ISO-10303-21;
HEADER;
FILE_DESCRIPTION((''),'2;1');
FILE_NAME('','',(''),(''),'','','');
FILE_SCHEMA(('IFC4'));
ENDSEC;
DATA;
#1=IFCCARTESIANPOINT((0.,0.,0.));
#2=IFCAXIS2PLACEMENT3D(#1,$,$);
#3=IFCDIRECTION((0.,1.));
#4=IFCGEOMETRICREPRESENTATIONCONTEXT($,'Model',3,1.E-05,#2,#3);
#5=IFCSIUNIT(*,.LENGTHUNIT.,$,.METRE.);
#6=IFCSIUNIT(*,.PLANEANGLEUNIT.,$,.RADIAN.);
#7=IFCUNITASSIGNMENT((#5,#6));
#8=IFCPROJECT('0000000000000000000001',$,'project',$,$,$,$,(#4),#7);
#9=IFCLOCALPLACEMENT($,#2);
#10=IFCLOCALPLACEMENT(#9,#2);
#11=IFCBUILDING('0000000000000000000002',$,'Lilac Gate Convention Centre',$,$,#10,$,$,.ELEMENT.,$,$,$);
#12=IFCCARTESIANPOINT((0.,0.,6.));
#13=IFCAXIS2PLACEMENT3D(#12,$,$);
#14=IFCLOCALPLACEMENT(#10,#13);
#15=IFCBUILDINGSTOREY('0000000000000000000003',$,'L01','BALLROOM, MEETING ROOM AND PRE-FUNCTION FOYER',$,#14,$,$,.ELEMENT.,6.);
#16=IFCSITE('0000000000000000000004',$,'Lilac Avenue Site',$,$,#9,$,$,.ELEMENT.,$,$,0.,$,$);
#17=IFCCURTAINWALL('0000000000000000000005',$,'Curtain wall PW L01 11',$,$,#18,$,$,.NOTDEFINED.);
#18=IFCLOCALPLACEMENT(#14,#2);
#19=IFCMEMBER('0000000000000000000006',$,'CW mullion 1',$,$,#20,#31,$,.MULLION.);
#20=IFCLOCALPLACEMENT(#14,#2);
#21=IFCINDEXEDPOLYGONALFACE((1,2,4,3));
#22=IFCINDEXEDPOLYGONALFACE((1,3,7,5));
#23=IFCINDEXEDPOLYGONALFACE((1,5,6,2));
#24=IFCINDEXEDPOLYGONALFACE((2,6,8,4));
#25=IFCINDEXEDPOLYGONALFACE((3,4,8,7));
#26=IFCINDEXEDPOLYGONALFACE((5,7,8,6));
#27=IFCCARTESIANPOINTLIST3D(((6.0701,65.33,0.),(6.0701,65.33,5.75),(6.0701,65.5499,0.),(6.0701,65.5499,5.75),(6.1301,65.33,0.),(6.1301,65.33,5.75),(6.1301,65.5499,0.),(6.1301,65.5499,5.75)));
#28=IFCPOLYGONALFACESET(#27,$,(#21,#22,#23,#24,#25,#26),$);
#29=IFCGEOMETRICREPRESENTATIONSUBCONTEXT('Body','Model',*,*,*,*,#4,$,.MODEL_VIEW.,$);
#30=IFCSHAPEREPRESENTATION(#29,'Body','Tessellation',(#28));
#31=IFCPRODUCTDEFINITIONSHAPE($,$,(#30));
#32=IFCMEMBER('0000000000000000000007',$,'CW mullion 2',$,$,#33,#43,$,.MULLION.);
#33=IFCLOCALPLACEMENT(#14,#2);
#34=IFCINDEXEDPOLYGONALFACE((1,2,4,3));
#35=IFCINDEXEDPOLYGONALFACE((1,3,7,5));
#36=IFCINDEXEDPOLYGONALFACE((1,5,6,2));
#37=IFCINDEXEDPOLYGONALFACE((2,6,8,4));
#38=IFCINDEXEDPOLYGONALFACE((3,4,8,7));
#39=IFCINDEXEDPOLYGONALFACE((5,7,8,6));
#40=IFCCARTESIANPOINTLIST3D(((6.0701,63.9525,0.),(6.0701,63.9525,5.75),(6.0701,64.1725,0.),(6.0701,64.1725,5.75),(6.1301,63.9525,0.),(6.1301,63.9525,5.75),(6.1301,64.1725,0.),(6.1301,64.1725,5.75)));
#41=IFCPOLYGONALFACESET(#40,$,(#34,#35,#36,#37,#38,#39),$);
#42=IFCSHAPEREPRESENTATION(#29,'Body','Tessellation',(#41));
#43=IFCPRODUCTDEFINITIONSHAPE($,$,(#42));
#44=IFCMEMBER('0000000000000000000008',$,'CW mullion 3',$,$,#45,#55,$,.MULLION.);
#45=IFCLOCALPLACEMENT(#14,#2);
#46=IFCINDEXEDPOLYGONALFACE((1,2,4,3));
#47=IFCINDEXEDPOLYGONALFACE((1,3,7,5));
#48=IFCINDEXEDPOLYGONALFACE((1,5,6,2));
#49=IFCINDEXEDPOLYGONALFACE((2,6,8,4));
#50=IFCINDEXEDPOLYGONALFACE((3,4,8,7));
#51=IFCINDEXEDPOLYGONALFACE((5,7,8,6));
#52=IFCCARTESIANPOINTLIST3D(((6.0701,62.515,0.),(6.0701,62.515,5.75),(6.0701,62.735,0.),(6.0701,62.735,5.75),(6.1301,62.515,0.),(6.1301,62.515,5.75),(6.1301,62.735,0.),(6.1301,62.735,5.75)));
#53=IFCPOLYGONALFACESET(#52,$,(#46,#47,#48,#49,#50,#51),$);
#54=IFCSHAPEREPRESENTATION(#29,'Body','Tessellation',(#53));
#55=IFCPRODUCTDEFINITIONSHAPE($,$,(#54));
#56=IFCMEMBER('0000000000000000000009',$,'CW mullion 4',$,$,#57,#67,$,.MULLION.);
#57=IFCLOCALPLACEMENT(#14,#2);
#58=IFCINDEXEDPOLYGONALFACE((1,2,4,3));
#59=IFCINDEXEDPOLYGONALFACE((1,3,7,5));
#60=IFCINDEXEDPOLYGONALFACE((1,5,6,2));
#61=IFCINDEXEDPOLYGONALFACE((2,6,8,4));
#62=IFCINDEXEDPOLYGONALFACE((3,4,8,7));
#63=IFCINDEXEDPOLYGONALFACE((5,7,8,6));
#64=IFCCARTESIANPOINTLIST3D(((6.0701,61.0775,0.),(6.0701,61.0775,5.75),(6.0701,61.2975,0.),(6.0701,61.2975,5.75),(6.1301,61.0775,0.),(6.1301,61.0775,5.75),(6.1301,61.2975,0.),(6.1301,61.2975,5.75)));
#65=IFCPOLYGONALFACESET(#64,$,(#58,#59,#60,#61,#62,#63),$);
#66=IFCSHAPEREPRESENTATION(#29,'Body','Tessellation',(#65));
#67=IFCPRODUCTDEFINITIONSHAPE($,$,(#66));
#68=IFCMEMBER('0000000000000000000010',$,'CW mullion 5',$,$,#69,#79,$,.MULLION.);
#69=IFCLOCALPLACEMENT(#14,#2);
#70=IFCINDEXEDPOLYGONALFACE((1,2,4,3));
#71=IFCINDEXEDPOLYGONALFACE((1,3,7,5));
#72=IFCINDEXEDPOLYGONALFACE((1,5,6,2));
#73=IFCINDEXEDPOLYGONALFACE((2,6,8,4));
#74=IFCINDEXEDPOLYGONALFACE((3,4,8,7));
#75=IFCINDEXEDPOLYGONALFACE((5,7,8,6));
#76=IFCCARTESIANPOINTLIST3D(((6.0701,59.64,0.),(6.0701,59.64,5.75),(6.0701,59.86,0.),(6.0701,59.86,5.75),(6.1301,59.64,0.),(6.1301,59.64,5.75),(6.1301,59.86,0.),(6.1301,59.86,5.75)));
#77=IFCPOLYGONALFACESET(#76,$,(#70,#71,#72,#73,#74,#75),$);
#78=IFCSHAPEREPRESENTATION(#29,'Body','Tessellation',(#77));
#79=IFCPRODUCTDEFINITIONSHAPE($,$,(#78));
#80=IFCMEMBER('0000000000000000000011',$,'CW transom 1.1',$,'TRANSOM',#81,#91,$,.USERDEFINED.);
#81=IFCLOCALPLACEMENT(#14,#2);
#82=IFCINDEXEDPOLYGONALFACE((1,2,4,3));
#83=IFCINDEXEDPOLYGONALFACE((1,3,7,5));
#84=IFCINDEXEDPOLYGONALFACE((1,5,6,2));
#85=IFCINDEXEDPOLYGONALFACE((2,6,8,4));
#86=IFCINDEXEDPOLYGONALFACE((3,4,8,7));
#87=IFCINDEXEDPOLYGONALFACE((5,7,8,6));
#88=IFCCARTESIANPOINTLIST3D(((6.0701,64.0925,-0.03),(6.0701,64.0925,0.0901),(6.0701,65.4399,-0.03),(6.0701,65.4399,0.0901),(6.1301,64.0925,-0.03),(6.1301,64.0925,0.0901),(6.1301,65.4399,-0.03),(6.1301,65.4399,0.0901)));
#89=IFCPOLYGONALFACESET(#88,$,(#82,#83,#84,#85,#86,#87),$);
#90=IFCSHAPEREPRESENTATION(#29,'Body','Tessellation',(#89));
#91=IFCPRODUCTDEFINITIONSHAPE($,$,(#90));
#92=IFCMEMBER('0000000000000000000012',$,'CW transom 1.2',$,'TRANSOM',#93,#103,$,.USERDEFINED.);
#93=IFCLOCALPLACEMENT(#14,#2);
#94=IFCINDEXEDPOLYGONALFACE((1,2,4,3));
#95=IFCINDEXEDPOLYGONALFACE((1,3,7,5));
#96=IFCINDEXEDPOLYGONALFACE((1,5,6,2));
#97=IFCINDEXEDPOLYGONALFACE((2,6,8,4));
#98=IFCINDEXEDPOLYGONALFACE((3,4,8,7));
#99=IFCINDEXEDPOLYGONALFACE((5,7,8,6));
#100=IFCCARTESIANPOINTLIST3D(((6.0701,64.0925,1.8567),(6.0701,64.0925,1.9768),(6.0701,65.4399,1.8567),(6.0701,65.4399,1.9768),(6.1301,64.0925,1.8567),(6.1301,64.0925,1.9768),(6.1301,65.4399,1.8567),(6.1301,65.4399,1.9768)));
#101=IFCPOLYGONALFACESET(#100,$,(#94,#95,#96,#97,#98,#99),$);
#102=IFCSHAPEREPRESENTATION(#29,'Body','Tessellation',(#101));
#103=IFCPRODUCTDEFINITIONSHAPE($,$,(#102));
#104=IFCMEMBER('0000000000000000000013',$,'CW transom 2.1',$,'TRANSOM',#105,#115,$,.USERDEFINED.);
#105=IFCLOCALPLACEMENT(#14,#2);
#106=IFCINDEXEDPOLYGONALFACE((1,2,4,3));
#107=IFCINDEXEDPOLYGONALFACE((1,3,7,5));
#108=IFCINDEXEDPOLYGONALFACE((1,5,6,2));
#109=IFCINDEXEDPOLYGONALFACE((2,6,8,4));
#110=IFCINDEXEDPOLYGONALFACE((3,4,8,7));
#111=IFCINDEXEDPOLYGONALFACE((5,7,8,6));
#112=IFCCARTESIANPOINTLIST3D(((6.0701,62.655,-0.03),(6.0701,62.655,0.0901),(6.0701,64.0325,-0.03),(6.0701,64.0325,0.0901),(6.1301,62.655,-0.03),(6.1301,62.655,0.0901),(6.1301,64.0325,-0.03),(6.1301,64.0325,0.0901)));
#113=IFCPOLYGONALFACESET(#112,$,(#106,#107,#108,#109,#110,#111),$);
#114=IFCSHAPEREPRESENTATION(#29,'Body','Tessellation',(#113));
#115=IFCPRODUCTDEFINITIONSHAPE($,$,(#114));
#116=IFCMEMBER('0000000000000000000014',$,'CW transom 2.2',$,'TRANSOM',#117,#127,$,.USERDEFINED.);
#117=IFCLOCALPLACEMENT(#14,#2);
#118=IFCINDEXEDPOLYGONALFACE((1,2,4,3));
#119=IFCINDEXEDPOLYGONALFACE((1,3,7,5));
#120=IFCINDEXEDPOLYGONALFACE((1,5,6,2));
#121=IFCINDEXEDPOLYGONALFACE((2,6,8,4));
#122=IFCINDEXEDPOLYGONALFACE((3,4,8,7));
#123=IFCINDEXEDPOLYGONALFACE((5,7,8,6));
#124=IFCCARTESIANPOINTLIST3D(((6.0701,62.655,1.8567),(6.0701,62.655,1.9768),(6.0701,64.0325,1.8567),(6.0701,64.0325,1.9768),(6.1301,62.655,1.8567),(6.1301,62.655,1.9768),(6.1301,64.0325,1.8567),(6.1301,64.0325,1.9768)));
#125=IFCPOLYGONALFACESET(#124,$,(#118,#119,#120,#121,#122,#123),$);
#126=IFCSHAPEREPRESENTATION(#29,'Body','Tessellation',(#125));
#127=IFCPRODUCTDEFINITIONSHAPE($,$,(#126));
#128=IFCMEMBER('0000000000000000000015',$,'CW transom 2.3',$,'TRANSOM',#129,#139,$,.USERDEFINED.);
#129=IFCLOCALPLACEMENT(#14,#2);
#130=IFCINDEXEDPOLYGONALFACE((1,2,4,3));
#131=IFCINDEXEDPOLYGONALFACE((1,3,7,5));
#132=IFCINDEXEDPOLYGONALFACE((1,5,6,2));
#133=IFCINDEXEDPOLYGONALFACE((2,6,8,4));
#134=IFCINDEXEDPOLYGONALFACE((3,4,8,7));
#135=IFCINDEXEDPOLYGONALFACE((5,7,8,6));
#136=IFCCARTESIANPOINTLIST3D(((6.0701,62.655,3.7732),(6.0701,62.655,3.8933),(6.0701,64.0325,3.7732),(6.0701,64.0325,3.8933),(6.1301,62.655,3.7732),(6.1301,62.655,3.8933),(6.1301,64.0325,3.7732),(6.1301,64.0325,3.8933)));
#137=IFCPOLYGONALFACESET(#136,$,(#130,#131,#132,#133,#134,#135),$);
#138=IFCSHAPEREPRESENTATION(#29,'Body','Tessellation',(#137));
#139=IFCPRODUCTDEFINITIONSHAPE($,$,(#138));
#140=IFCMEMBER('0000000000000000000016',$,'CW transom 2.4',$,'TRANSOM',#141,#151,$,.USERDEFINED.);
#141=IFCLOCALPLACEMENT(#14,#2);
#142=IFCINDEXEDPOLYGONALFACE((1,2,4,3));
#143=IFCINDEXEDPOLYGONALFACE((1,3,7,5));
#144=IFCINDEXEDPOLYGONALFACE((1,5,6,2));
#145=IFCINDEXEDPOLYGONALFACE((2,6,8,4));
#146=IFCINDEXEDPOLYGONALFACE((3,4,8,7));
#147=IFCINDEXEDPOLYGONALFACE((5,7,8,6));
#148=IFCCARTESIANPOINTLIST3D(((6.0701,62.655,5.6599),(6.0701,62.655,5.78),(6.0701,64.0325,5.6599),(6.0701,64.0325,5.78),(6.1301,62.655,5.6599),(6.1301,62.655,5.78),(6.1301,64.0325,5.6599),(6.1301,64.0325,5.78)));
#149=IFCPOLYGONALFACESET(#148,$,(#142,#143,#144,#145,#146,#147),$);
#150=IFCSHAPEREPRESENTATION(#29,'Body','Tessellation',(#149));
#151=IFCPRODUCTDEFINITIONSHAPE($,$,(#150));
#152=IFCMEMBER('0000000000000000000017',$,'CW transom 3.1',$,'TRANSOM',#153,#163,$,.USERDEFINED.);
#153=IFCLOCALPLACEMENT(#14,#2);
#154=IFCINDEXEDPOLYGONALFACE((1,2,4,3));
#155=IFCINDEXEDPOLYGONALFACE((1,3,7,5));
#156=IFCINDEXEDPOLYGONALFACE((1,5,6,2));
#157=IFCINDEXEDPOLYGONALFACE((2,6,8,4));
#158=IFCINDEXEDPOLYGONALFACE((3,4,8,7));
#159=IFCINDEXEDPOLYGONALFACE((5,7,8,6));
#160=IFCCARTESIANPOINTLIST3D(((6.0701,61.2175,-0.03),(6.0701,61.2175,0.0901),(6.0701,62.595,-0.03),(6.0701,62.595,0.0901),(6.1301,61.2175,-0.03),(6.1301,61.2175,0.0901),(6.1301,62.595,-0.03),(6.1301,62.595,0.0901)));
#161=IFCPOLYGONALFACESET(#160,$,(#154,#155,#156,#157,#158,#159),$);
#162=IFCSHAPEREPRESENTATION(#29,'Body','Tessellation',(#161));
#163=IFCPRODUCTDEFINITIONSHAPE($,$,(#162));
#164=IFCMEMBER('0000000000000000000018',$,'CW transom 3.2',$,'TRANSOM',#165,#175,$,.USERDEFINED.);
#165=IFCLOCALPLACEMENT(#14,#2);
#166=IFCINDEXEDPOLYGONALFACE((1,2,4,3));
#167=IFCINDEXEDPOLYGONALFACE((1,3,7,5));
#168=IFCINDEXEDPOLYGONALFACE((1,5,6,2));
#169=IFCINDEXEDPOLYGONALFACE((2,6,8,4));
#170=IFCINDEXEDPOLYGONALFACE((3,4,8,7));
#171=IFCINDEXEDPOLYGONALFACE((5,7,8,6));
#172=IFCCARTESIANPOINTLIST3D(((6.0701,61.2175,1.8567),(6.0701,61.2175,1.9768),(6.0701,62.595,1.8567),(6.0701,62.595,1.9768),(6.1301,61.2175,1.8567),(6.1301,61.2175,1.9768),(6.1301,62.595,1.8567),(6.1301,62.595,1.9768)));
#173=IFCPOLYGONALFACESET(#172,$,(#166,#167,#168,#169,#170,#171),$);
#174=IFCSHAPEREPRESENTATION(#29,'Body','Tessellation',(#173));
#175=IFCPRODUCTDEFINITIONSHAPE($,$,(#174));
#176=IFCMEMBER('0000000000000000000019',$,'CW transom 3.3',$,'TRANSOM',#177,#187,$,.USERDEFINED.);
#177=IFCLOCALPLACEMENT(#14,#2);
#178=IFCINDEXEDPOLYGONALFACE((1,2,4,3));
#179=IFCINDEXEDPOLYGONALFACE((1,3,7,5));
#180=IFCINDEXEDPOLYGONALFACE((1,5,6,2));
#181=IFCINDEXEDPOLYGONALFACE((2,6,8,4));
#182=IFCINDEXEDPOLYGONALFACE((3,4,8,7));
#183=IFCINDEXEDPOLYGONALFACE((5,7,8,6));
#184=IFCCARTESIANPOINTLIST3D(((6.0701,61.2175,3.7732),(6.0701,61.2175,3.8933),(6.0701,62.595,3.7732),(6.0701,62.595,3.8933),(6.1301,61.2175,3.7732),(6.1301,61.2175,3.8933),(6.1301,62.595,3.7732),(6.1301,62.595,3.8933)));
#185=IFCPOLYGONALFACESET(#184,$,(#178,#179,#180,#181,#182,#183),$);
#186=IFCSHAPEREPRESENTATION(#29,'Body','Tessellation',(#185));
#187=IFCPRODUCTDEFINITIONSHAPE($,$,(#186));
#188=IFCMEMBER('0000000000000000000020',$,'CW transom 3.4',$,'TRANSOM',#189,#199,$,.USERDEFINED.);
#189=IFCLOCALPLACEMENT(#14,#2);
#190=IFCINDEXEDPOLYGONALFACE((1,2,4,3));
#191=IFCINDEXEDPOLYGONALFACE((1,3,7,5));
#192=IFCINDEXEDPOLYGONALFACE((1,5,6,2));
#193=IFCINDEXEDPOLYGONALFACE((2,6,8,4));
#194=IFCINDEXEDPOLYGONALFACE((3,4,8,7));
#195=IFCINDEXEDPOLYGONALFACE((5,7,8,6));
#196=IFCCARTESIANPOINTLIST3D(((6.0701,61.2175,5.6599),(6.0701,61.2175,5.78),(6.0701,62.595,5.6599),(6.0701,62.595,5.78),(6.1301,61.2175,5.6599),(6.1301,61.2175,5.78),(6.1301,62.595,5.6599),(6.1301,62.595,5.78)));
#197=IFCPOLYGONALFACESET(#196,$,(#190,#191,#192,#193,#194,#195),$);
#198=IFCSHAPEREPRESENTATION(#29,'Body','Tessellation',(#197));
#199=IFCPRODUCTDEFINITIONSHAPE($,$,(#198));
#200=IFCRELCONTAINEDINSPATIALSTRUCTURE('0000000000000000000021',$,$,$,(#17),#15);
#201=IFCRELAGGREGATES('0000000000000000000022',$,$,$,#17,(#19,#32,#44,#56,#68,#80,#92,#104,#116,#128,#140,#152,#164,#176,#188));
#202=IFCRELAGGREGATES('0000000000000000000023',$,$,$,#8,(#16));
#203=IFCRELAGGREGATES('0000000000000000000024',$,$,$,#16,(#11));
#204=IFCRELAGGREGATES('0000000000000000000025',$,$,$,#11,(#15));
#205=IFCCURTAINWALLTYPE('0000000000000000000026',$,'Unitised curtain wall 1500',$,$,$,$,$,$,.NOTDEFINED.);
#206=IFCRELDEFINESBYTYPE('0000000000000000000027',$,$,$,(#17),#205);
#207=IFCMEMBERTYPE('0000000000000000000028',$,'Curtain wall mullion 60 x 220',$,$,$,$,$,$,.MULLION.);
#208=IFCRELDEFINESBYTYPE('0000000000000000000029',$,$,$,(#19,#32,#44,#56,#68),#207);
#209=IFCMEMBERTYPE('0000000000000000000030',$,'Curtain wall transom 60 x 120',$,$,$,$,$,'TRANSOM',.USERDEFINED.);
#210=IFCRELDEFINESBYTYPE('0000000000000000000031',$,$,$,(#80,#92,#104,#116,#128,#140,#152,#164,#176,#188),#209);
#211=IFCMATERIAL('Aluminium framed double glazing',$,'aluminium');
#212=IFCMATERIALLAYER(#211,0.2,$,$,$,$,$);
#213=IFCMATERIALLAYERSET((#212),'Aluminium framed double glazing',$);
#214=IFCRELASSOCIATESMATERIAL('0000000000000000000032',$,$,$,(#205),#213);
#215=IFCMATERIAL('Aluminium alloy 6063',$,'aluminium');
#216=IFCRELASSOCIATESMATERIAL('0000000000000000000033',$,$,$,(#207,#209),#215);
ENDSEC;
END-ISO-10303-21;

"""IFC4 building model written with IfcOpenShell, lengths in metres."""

from ifc_helpers import new_model, si_unit, direction, frame, origin, origin_2d, place, context, subcontext, project, spatial, rectangle, extrude, material, layer, layer_set, material_profile, profile_set, type_object, element, aggregate, save


model = new_model("IFC4")

# Units and contexts
model_context = context("Model", 3, precision=1e-05, world=origin(), true_north=direction((0.0, 1.0)))
body_context = subcontext(model_context, "Body", "Model", "MODEL_VIEW")
ifc_project = project(units=[si_unit("LENGTHUNIT", "METRE"), si_unit("PLANEANGLEUNIT", "RADIAN")], contexts=[model_context])

# Site, building, storey
site_placement = place(None, origin())
site = spatial("IfcSite", under=ifc_project, at=site_placement, Name="Lilac Avenue Site", CompositionType="ELEMENT", RefElevation=0.0)
building_placement = place(site_placement, origin())
building = spatial("IfcBuilding", under=site, at=building_placement, Name="Lilac Gate Convention Centre", CompositionType="ELEMENT")
storey_placement = place(building_placement, frame((0.0, 0.0, 6.0)))
storey = spatial("IfcBuildingStorey", under=building, at=storey_placement, Name="L01", Description="BALLROOM, MEETING ROOM AND PRE-FUNCTION FOYER", CompositionType="ELEMENT", Elevation=6.0)

# Curtain wall, members
ifc_material_1 = material(Name="Aluminium framed double glazing", Category="aluminium")
ifc_layer_1 = layer(ifc_material_1, 0.2)
ifc_layer_set_1 = layer_set([ifc_layer_1], Name="Aluminium framed double glazing")
curtain_wall_type = type_object("IfcCurtainWallType", Name="Unitised curtain wall 1500", PredefinedType="NOTDEFINED", material=ifc_layer_set_1)
curtain_wall_placement = place(storey_placement, origin())
curtain_wall = element("IfcCurtainWall", 1, at=curtain_wall_placement, inside=storey, type_object=curtain_wall_type, Name="Curtain wall PW L01 11", PredefinedType="NOTDEFINED")
ifc_material_2 = material(Name="Aluminium alloy 6063", Category="aluminium")
ifc_material_profile_1 = material_profile(ifc_material_2, rectangle(XDim=0.0601, YDim=0.22, at=origin_2d()), Name="Curtain wall mullion 60 x 220")
ifc_profile_set_1 = profile_set([ifc_material_profile_1], Name="Aluminium alloy 6063")
member_type_1 = type_object("IfcMemberType", Name="Curtain wall mullion 60 x 220", PredefinedType="MULLION", material=ifc_profile_set_1)
member_1_placement = place(storey_placement, frame((6.1001, 65.4399, 0.0), z_axis=(0.0, 0.0, 1.0), x_axis=(1.0, 0.0, 0.0)))
member_1 = element("IfcMember", 2, at=member_1_placement, type_object=member_type_1, Name="CW mullion 1", PredefinedType="MULLION", context=body_context, shape_type="SweptSolid", body=[
    extrude(rectangle(XDim=0.0601, YDim=0.22, at=origin_2d()), origin(), (0.0, 0.0, 1.0), 5.75),
])
member_2_placement = place(storey_placement, frame((6.1001, 64.0625, 0.0), z_axis=(0.0, 0.0, 1.0), x_axis=(1.0, 0.0, 0.0)))
member_2 = element("IfcMember", 3, at=member_2_placement, type_object=member_type_1, Name="CW mullion 2", PredefinedType="MULLION", context=body_context, shape_type="SweptSolid", body=[
    extrude(rectangle(XDim=0.0601, YDim=0.22, at=origin_2d()), origin(), (0.0, 0.0, 1.0), 5.75),
])
member_3_placement = place(storey_placement, frame((6.1001, 62.625, 0.0), z_axis=(0.0, 0.0, 1.0), x_axis=(1.0, 0.0, 0.0)))
member_3 = element("IfcMember", 4, at=member_3_placement, type_object=member_type_1, Name="CW mullion 3", PredefinedType="MULLION", context=body_context, shape_type="SweptSolid", body=[
    extrude(rectangle(XDim=0.0601, YDim=0.22, at=origin_2d()), origin(), (0.0, 0.0, 1.0), 5.75),
])
member_4_placement = place(storey_placement, frame((6.1001, 61.1875, 0.0), z_axis=(0.0, 0.0, 1.0), x_axis=(1.0, 0.0, 0.0)))
member_4 = element("IfcMember", 5, at=member_4_placement, type_object=member_type_1, Name="CW mullion 4", PredefinedType="MULLION", context=body_context, shape_type="SweptSolid", body=[
    extrude(rectangle(XDim=0.0601, YDim=0.22, at=origin_2d()), origin(), (0.0, 0.0, 1.0), 5.75),
])
member_5_placement = place(storey_placement, frame((6.1001, 59.75, 0.0), z_axis=(0.0, 0.0, 1.0), x_axis=(1.0, 0.0, 0.0)))
member_5 = element("IfcMember", 6, at=member_5_placement, type_object=member_type_1, Name="CW mullion 5", PredefinedType="MULLION", context=body_context, shape_type="SweptSolid", body=[
    extrude(rectangle(XDim=0.0601, YDim=0.22, at=origin_2d()), origin(), (0.0, 0.0, 1.0), 5.75),
])
ifc_material_profile_2 = material_profile(ifc_material_2, rectangle(XDim=0.0601, YDim=0.1201, at=origin_2d()), Name="Curtain wall transom 60 x 120")
ifc_profile_set_2 = profile_set([ifc_material_profile_2], Name="Aluminium alloy 6063")
member_type_2 = type_object("IfcMemberType", Name="Curtain wall transom 60 x 120", ElementType="TRANSOM", PredefinedType="USERDEFINED", material=ifc_profile_set_2)
member_6_placement = place(storey_placement, frame((6.1001, 65.4399, 0.03), z_axis=(0.0, -1.0, 0.0), x_axis=(1.0, 0.0, 0.0)))
member_6 = element("IfcMember", 7, at=member_6_placement, type_object=member_type_2, Name="CW transom 1.1", ObjectType="TRANSOM", PredefinedType="USERDEFINED", context=body_context, shape_type="SweptSolid", body=[
    extrude(rectangle(XDim=0.0601, YDim=0.1201, at=origin_2d()), origin(), (0.0, 0.0, 1.0), 1.3474),
])
member_7_placement = place(storey_placement, frame((6.1001, 65.4399, 1.9167), z_axis=(0.0, -1.0, 0.0), x_axis=(1.0, 0.0, 0.0)))
member_7 = element("IfcMember", 8, at=member_7_placement, type_object=member_type_2, Name="CW transom 1.2", ObjectType="TRANSOM", PredefinedType="USERDEFINED", context=body_context, shape_type="SweptSolid", body=[
    extrude(rectangle(XDim=0.0601, YDim=0.1201, at=origin_2d()), origin(), (0.0, 0.0, 1.0), 1.3474),
])
member_8_placement = place(storey_placement, frame((6.1001, 64.0325, 0.03), z_axis=(0.0, -1.0, 0.0), x_axis=(1.0, 0.0, 0.0)))
member_8 = element("IfcMember", 9, at=member_8_placement, type_object=member_type_2, Name="CW transom 2.1", ObjectType="TRANSOM", PredefinedType="USERDEFINED", context=body_context, shape_type="SweptSolid", body=[
    extrude(rectangle(XDim=0.0601, YDim=0.1201, at=origin_2d()), origin(), (0.0, 0.0, 1.0), 1.3774),
])
member_9_placement = place(storey_placement, frame((6.1001, 64.0325, 1.9167), z_axis=(0.0, -1.0, 0.0), x_axis=(1.0, 0.0, 0.0)))
member_9 = element("IfcMember", 10, at=member_9_placement, type_object=member_type_2, Name="CW transom 2.2", ObjectType="TRANSOM", PredefinedType="USERDEFINED", context=body_context, shape_type="SweptSolid", body=[
    extrude(rectangle(XDim=0.0601, YDim=0.1201, at=origin_2d()), origin(), (0.0, 0.0, 1.0), 1.3774),
])
member_10_placement = place(storey_placement, frame((6.1001, 64.0325, 3.8333), z_axis=(0.0, -1.0, 0.0), x_axis=(1.0, 0.0, 0.0)))
member_10 = element("IfcMember", 11, at=member_10_placement, type_object=member_type_2, Name="CW transom 2.3", ObjectType="TRANSOM", PredefinedType="USERDEFINED", context=body_context, shape_type="SweptSolid", body=[
    extrude(rectangle(XDim=0.0601, YDim=0.1201, at=origin_2d()), origin(), (0.0, 0.0, 1.0), 1.3774),
])
member_11_placement = place(storey_placement, frame((6.1001, 64.0325, 5.72), z_axis=(0.0, -1.0, 0.0), x_axis=(1.0, 0.0, 0.0)))
member_11 = element("IfcMember", 12, at=member_11_placement, type_object=member_type_2, Name="CW transom 2.4", ObjectType="TRANSOM", PredefinedType="USERDEFINED", context=body_context, shape_type="SweptSolid", body=[
    extrude(rectangle(XDim=0.0601, YDim=0.1201, at=origin_2d()), origin(), (0.0, 0.0, 1.0), 1.3774),
])
member_12_placement = place(storey_placement, frame((6.1001, 62.595, 0.03), z_axis=(0.0, -1.0, 0.0), x_axis=(1.0, 0.0, 0.0)))
member_12 = element("IfcMember", 13, at=member_12_placement, type_object=member_type_2, Name="CW transom 3.1", ObjectType="TRANSOM", PredefinedType="USERDEFINED", context=body_context, shape_type="SweptSolid", body=[
    extrude(rectangle(XDim=0.0601, YDim=0.1201, at=origin_2d()), origin(), (0.0, 0.0, 1.0), 1.3774),
])
member_13_placement = place(storey_placement, frame((6.1001, 62.595, 1.9167), z_axis=(0.0, -1.0, 0.0), x_axis=(1.0, 0.0, 0.0)))
member_13 = element("IfcMember", 14, at=member_13_placement, type_object=member_type_2, Name="CW transom 3.2", ObjectType="TRANSOM", PredefinedType="USERDEFINED", context=body_context, shape_type="SweptSolid", body=[
    extrude(rectangle(XDim=0.0601, YDim=0.1201, at=origin_2d()), origin(), (0.0, 0.0, 1.0), 1.3774),
])
member_14_placement = place(storey_placement, frame((6.1001, 62.595, 3.8333), z_axis=(0.0, -1.0, 0.0), x_axis=(1.0, 0.0, 0.0)))
member_14 = element("IfcMember", 15, at=member_14_placement, type_object=member_type_2, Name="CW transom 3.3", ObjectType="TRANSOM", PredefinedType="USERDEFINED", context=body_context, shape_type="SweptSolid", body=[
    extrude(rectangle(XDim=0.0601, YDim=0.1201, at=origin_2d()), origin(), (0.0, 0.0, 1.0), 1.3774),
])
member_15_placement = place(storey_placement, frame((6.1001, 62.595, 5.72), z_axis=(0.0, -1.0, 0.0), x_axis=(1.0, 0.0, 0.0)))
member_15 = element("IfcMember", 16, at=member_15_placement, type_object=member_type_2, Name="CW transom 3.4", ObjectType="TRANSOM", PredefinedType="USERDEFINED", context=body_context, shape_type="SweptSolid", body=[
    extrude(rectangle(XDim=0.0601, YDim=0.1201, at=origin_2d()), origin(), (0.0, 0.0, 1.0), 1.3774),
])
aggregate(curtain_wall, [member_1, member_2, member_3, member_4, member_5, member_6, member_7, member_8, member_9, member_10, member_11, member_12, member_13, member_14, member_15])

save(model, "model.ifc")
